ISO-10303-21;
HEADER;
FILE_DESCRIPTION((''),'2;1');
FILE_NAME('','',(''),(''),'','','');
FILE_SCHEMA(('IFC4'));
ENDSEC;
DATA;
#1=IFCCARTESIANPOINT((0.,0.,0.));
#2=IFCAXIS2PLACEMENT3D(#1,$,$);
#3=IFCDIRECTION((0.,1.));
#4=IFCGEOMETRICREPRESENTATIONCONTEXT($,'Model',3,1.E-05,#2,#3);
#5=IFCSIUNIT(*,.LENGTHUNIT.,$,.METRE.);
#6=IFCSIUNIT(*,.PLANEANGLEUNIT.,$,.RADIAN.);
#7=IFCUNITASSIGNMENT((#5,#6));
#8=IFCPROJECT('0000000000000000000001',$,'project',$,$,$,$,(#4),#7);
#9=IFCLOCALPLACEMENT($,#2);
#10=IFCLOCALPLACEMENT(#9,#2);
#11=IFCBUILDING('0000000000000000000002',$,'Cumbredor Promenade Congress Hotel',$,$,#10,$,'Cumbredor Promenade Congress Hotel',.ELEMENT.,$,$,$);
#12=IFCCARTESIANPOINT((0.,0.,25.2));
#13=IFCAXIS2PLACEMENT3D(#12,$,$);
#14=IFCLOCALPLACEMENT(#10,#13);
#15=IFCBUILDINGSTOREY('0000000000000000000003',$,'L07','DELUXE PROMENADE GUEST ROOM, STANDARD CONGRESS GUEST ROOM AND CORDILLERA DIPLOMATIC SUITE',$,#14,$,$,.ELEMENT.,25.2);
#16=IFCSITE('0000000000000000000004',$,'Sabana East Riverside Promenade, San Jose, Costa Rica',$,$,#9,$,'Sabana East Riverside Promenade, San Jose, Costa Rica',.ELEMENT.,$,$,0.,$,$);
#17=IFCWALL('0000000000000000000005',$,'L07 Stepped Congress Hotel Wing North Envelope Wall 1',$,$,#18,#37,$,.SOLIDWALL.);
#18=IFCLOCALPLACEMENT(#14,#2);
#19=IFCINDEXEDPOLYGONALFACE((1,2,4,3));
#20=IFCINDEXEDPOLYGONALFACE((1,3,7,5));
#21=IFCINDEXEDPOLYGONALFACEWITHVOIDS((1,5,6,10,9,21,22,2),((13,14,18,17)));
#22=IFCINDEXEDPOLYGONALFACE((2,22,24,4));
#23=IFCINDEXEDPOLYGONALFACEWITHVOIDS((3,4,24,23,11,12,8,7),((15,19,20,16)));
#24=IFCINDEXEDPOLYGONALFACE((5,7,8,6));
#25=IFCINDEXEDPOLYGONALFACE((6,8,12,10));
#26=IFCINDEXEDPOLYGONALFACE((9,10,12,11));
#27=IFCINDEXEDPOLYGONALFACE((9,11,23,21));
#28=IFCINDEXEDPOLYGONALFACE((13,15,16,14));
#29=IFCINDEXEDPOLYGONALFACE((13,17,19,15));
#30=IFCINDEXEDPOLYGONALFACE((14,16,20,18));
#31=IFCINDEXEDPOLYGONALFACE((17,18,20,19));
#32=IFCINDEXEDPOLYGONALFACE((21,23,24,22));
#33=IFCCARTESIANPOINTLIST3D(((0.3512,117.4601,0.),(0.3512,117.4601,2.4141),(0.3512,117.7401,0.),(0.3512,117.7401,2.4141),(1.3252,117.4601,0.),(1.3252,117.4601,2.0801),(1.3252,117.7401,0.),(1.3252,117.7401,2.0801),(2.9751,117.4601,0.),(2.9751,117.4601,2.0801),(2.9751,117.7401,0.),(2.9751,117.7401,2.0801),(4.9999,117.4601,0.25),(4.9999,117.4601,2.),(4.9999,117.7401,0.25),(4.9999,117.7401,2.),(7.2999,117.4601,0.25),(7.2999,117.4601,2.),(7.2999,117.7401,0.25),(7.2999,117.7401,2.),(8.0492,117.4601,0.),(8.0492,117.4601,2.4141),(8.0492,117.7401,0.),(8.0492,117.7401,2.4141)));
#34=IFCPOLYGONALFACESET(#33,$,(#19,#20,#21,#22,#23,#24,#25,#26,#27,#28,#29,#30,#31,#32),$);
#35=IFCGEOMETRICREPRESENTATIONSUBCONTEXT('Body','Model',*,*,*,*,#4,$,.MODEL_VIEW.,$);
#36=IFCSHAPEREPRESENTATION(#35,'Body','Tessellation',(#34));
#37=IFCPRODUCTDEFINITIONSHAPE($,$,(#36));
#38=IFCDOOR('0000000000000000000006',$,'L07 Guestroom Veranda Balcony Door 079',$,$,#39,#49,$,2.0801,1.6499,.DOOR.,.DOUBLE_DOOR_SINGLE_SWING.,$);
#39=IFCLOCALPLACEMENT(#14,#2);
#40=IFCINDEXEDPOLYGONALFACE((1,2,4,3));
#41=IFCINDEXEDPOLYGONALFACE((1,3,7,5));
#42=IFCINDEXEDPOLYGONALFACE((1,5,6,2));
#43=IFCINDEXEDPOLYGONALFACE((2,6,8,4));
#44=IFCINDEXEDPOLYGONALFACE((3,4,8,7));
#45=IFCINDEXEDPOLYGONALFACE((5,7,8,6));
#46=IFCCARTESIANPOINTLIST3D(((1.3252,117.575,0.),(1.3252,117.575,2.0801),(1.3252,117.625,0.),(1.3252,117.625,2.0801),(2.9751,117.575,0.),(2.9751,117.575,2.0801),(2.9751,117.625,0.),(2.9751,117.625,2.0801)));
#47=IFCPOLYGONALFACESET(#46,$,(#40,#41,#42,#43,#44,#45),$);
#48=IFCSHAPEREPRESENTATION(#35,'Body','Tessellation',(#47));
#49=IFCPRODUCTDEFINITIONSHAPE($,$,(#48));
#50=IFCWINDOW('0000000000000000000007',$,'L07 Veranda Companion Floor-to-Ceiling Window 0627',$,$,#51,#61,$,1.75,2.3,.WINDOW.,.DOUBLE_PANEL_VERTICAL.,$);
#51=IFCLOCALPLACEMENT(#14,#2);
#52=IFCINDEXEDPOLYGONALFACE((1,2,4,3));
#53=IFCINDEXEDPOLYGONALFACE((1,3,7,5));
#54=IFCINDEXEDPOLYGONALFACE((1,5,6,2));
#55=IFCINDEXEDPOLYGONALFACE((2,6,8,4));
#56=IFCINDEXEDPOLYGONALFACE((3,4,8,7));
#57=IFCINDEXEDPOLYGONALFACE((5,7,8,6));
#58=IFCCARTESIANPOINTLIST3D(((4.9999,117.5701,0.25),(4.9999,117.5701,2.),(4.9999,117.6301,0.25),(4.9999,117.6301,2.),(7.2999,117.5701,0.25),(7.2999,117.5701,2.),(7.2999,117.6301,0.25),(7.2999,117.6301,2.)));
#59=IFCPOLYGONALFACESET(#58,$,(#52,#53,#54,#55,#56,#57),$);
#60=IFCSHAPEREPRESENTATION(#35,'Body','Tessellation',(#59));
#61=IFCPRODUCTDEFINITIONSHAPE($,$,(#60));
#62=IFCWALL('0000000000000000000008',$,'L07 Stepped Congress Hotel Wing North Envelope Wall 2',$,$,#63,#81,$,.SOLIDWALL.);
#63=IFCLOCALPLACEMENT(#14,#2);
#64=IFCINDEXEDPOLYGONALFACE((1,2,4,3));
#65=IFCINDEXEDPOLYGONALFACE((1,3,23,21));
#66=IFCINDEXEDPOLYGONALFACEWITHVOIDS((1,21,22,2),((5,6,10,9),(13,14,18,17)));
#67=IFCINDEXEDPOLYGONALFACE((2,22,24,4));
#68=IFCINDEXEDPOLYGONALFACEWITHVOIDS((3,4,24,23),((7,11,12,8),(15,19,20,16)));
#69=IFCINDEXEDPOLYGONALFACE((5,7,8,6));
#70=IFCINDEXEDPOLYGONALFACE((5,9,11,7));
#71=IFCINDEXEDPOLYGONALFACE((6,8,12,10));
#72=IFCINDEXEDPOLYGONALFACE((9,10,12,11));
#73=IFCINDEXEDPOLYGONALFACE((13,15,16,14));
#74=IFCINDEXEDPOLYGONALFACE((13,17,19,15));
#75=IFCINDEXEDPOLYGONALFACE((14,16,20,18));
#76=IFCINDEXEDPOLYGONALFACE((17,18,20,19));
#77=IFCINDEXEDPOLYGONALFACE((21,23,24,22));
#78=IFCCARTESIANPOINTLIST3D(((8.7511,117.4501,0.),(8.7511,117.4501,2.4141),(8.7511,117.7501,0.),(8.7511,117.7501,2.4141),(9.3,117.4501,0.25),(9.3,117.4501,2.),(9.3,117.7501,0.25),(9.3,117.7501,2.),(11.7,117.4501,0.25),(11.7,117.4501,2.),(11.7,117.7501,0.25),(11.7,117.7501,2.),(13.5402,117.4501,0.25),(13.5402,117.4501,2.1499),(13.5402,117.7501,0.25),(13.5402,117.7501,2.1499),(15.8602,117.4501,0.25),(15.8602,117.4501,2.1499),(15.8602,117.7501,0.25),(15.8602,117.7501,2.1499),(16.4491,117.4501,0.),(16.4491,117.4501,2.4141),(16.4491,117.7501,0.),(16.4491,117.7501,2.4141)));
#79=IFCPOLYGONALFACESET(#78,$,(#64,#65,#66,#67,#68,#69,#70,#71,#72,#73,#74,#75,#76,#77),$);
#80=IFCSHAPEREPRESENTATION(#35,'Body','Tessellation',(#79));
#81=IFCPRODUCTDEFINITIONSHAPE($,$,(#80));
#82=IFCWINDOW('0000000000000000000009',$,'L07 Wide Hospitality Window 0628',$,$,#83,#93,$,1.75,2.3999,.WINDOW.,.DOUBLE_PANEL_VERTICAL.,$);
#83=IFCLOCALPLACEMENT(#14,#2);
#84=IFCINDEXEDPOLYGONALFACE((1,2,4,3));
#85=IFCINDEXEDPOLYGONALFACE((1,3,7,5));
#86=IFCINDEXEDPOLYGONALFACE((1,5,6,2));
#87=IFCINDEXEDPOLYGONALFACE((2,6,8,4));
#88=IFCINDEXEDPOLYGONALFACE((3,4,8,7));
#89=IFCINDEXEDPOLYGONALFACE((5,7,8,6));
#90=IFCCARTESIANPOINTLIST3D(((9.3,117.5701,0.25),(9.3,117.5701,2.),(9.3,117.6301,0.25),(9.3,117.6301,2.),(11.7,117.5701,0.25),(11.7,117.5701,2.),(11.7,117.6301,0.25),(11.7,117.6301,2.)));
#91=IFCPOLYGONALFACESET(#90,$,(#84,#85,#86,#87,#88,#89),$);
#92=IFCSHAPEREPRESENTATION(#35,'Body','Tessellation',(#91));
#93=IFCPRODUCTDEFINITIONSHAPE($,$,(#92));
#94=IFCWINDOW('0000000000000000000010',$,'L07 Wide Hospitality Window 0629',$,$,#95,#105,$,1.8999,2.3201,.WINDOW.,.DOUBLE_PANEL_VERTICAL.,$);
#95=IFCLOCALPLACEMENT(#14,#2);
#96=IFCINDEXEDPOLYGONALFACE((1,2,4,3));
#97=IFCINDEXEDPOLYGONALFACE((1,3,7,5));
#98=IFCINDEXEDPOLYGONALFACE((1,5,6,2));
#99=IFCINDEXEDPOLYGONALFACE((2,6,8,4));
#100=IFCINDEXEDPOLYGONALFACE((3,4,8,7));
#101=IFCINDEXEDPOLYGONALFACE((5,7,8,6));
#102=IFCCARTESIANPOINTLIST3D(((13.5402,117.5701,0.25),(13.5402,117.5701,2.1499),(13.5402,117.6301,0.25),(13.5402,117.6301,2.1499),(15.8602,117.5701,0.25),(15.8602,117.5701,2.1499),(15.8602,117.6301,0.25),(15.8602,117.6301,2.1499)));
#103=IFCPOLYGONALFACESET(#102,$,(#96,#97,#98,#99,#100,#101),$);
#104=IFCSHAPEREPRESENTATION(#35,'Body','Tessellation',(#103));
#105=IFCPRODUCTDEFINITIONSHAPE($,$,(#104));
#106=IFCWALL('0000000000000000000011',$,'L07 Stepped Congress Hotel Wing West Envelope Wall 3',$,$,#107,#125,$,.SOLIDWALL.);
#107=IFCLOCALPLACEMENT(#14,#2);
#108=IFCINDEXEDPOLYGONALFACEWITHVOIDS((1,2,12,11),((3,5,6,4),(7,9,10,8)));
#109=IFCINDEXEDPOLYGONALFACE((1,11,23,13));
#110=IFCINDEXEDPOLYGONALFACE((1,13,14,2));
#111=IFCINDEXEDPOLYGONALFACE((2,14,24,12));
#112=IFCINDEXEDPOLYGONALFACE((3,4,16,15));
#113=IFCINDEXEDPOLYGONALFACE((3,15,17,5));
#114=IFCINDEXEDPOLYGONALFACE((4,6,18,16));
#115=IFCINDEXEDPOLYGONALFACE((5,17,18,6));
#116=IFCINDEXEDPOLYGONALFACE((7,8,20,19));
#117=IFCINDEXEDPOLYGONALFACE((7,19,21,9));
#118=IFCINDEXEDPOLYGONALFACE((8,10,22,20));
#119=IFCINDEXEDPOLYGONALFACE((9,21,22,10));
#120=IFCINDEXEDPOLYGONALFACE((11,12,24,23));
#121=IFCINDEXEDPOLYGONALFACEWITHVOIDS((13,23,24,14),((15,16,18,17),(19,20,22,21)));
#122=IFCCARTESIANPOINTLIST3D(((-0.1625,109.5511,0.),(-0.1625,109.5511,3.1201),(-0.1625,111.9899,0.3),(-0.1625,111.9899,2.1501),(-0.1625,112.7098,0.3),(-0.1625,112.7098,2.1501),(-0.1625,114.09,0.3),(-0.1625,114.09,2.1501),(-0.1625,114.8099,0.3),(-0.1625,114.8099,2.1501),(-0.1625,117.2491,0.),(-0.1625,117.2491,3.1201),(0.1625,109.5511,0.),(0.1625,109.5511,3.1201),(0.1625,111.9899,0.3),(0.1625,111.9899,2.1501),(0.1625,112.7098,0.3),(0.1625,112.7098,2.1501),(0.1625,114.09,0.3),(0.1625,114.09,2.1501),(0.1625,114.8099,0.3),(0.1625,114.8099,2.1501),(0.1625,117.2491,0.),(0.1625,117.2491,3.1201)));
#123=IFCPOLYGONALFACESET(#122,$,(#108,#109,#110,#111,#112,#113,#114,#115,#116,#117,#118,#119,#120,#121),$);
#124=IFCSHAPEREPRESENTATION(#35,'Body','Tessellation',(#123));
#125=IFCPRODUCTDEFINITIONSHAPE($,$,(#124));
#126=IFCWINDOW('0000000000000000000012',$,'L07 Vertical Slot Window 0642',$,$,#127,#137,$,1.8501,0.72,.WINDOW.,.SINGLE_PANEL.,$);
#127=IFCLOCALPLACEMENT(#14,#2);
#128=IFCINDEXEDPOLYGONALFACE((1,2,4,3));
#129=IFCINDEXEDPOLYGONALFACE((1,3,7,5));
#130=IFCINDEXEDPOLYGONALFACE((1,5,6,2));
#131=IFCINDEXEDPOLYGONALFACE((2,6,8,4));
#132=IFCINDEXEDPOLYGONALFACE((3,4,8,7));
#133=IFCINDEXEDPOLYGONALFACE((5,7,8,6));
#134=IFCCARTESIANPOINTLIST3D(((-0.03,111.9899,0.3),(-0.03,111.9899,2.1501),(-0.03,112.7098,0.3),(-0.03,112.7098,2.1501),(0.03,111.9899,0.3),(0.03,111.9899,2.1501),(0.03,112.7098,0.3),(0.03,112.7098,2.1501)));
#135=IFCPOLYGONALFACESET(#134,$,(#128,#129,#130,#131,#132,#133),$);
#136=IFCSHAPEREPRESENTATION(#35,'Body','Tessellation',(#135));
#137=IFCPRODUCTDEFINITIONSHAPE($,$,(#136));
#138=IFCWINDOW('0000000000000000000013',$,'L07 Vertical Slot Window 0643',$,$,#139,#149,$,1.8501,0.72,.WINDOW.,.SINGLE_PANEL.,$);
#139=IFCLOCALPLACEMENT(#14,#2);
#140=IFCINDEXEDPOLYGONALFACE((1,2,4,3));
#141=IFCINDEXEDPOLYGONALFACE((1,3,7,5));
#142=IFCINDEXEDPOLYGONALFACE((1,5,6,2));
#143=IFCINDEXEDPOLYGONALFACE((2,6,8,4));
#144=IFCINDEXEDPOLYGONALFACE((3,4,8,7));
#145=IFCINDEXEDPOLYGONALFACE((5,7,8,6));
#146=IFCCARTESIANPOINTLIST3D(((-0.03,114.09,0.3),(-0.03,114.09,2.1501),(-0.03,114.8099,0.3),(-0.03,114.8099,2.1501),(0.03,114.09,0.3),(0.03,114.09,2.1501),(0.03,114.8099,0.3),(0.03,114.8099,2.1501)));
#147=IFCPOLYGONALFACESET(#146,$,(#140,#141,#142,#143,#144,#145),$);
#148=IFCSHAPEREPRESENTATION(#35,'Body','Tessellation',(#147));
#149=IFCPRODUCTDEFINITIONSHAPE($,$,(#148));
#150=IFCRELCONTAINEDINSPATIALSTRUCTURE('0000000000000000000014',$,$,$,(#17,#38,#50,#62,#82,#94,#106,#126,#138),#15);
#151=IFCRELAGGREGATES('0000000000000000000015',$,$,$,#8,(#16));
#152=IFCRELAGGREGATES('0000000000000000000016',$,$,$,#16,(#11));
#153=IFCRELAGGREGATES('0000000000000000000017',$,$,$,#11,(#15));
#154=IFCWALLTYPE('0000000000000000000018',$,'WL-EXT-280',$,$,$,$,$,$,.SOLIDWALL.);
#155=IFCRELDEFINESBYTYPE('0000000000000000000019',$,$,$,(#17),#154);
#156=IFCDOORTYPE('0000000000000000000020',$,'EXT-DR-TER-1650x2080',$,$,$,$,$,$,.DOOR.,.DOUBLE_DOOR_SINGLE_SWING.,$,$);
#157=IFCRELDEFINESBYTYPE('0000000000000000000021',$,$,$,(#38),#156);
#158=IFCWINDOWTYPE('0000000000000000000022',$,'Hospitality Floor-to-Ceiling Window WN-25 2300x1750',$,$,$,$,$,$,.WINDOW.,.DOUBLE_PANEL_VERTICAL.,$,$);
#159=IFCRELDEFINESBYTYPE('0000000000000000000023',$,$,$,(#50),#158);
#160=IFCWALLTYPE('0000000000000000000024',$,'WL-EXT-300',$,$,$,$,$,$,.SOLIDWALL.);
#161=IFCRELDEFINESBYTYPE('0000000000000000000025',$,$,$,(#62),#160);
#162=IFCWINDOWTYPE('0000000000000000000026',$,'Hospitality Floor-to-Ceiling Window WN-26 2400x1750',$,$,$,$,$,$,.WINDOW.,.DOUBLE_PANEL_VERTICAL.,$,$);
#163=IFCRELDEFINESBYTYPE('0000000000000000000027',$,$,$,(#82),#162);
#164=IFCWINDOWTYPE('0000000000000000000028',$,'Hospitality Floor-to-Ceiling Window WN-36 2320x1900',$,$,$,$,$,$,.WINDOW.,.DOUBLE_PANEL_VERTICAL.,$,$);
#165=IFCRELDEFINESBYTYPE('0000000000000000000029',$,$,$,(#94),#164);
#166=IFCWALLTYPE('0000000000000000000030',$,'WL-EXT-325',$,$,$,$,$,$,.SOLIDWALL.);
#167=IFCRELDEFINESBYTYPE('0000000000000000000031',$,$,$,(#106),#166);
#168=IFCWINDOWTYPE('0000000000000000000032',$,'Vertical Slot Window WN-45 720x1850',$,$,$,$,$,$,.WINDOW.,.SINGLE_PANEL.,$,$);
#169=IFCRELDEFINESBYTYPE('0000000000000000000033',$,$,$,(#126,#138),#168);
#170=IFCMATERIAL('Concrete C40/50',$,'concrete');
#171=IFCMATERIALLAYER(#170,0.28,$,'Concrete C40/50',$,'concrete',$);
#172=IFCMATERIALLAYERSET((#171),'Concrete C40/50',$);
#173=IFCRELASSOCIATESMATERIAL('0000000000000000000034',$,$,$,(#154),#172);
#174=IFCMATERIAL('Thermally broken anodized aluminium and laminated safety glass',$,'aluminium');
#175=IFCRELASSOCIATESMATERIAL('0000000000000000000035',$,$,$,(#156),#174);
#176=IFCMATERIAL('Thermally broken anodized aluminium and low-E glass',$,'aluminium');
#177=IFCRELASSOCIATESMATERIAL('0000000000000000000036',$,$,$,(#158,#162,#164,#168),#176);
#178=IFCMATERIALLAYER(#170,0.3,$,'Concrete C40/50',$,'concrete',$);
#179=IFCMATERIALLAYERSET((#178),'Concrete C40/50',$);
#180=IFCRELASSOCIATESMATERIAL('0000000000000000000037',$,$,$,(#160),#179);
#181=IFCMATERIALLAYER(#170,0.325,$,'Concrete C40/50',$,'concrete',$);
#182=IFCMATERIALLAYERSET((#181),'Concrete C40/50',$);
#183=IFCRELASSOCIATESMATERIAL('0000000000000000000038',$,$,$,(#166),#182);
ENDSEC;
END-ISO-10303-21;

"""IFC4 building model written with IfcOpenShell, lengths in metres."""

from ifc_helpers import new_model, si_unit, direction, frame, frame_2d, origin, place, context, subcontext, project, spatial, rectangle, extrude, material, layer, layer_set, type_object, element, fill, save


model = new_model("IFC4")

# Units and contexts
model_context = context("Model", 3, precision=1e-05, world=origin(), true_north=direction((0.0, 1.0)))
body_context = subcontext(model_context, "Body", "Model", "MODEL_VIEW")
ifc_project = project(units=[si_unit("LENGTHUNIT", "METRE"), si_unit("PLANEANGLEUNIT", "RADIAN")], contexts=[model_context])

# Site, building, storey
site_placement = place(None, origin())
site = spatial("IfcSite", under=ifc_project, at=site_placement, Name="Sabana East Riverside Promenade, San Jose, Costa Rica", LongName="Sabana East Riverside Promenade, San Jose, Costa Rica", CompositionType="ELEMENT", RefElevation=0.0)
building_placement = place(site_placement, origin())
building = spatial("IfcBuilding", under=site, at=building_placement, Name="Cumbredor Promenade Congress Hotel", LongName="Cumbredor Promenade Congress Hotel", CompositionType="ELEMENT")
storey_placement = place(building_placement, frame((0.0, 0.0, 25.2)))
storey = spatial("IfcBuildingStorey", under=building, at=storey_placement, Name="L07", Description="DELUXE PROMENADE GUEST ROOM, STANDARD CONGRESS GUEST ROOM AND CORDILLERA DIPLOMATIC SUITE", CompositionType="ELEMENT", Elevation=25.2)

# Shared definitions
ifc_material_1 = material(Name="Concrete C40/50", Category="concrete")

# Shared definitions
ifc_material_2 = material(Name="Thermally broken anodized aluminium and low-E glass", Category="aluminium")

# Wall, openings, door, window
ifc_layer_1 = layer(ifc_material_1, 0.28, Name="Concrete C40/50", Category="concrete")
ifc_layer_set_1 = layer_set([ifc_layer_1], Name="Concrete C40/50")
wall_type_1 = type_object("IfcWallType", Name="WL-EXT-280", PredefinedType="SOLIDWALL", material=ifc_layer_set_1)
wall_1_placement = place(storey_placement, frame((0.3511, 117.6001, 0.0), z_axis=(0.0, 0.0, 1.0), x_axis=(1.0, 0.0, 0.0)))
wall_1 = element("IfcWall", 1, at=wall_1_placement, inside=storey, type_object=wall_type_1, Name="L07 Stepped Congress Hotel Wing North Envelope Wall 1", PredefinedType="SOLIDWALL", context=body_context, shape_type="SweptSolid", body=[
    extrude(rectangle(XDim=7.698, YDim=0.28, at=frame_2d((3.8491, 0.0))), origin(), (0.0, 0.0, 1.0), 2.4141),
])
opening_1_placement = place(wall_1_placement, frame((0.9741, 0.0, 0.0)))
opening_1 = element("IfcOpeningElement", 2, at=opening_1_placement, cuts=wall_1, PredefinedType="OPENING", context=body_context, shape_type="SweptSolid", body=[
    extrude(rectangle(XDim=1.6499, YDim=2.0801, at=frame_2d((0.825, 1.04))), frame((0.0, 0.1499, 0.0), z_axis=(0.0, -1.0, 0.0), x_axis=(1.0, 0.0, 0.0)), (0.0, 0.0, 1.0), 0.3),
])
opening_2_placement = place(wall_1_placement, frame((4.6489, 0.0, 0.25)))
opening_2 = element("IfcOpeningElement", 3, at=opening_2_placement, cuts=wall_1, PredefinedType="OPENING", context=body_context, shape_type="SweptSolid", body=[
    extrude(rectangle(XDim=2.3, YDim=1.75, at=frame_2d((1.1499, 0.875))), frame((0.0, 0.1499, 0.0), z_axis=(0.0, -1.0, 0.0), x_axis=(1.0, 0.0, 0.0)), (0.0, 0.0, 1.0), 0.3),
])
ifc_material_3 = material(Name="Thermally broken anodized aluminium and laminated safety glass", Category="aluminium")
door_type_1 = type_object("IfcDoorType", Name="EXT-DR-TER-1650x2080", OperationType="DOUBLE_DOOR_SINGLE_SWING", PredefinedType="DOOR", material=ifc_material_3)
door_1_placement = place(opening_1_placement, origin())
door_1 = element("IfcDoor", 4, at=door_1_placement, inside=storey, type_object=door_type_1, Name="L07 Guestroom Veranda Balcony Door 079", OperationType="DOUBLE_DOOR_SINGLE_SWING", OverallHeight=2.0801, OverallWidth=1.6499, PredefinedType="DOOR", context=body_context, shape_type="SweptSolid", body=[
    extrude(rectangle(XDim=1.6499, YDim=2.0801, at=frame_2d((0.825, 1.04))), frame((0.0, 0.0249, 0.0), z_axis=(0.0, -1.0, 0.0), x_axis=(1.0, 0.0, 0.0)), (0.0, 0.0, 1.0), 0.05),
])
fill(opening_1, door_1)
window_type_1 = type_object("IfcWindowType", Name="Hospitality Floor-to-Ceiling Window WN-25 2300x1750", PartitioningType="DOUBLE_PANEL_VERTICAL", PredefinedType="WINDOW", material=ifc_material_2)
window_1_placement = place(opening_2_placement, origin())
window_1 = element("IfcWindow", 5, at=window_1_placement, inside=storey, type_object=window_type_1, Name="L07 Veranda Companion Floor-to-Ceiling Window 0627", OverallHeight=1.75, OverallWidth=2.3, PartitioningType="DOUBLE_PANEL_VERTICAL", PredefinedType="WINDOW", context=body_context, shape_type="SweptSolid", body=[
    extrude(rectangle(XDim=2.3, YDim=1.75, at=frame_2d((1.1499, 0.875))), frame((0.0, 0.03, 0.0), z_axis=(0.0, -1.0, 0.0), x_axis=(1.0, 0.0, 0.0)), (0.0, 0.0, 1.0), 0.0601),
])
fill(opening_2, window_1)

# Walls, openings, windows
ifc_layer_2 = layer(ifc_material_1, 0.3, Name="Concrete C40/50", Category="concrete")
ifc_layer_set_2 = layer_set([ifc_layer_2], Name="Concrete C40/50")
wall_type_2 = type_object("IfcWallType", Name="WL-EXT-300", PredefinedType="SOLIDWALL", material=ifc_layer_set_2)
wall_2_placement = place(storey_placement, frame((8.751, 117.6001, 0.0), z_axis=(0.0, 0.0, 1.0), x_axis=(1.0, 0.0, 0.0)))
wall_2 = element("IfcWall", 6, at=wall_2_placement, inside=storey, type_object=wall_type_2, Name="L07 Stepped Congress Hotel Wing North Envelope Wall 2", PredefinedType="SOLIDWALL", context=body_context, shape_type="SweptSolid", body=[
    extrude(rectangle(XDim=7.698, YDim=0.3, at=frame_2d((3.8491, 0.0))), origin(), (0.0, 0.0, 1.0), 2.4141),
])
opening_3_placement = place(wall_2_placement, frame((0.5491, 0.0, 0.25)))
opening_3 = element("IfcOpeningElement", 7, at=opening_3_placement, cuts=wall_2, PredefinedType="OPENING", context=body_context, shape_type="SweptSolid", body=[
    extrude(rectangle(XDim=2.3999, YDim=1.75, at=frame_2d((1.2, 0.875))), frame((0.0, 0.1602, 0.0), z_axis=(0.0, -1.0, 0.0), x_axis=(1.0, 0.0, 0.0)), (0.0, 0.0, 1.0), 0.3201),
])
opening_4_placement = place(wall_2_placement, frame((4.7891, 0.0, 0.25)))
opening_4 = element("IfcOpeningElement", 8, at=opening_4_placement, cuts=wall_2, PredefinedType="OPENING", context=body_context, shape_type="SweptSolid", body=[
    extrude(rectangle(XDim=2.3201, YDim=1.8999, at=frame_2d((1.1602, 0.95))), frame((0.0, 0.1602, 0.0), z_axis=(0.0, -1.0, 0.0), x_axis=(1.0, 0.0, 0.0)), (0.0, 0.0, 1.0), 0.3201),
])
window_type_2 = type_object("IfcWindowType", Name="Hospitality Floor-to-Ceiling Window WN-26 2400x1750", PartitioningType="DOUBLE_PANEL_VERTICAL", PredefinedType="WINDOW", material=ifc_material_2)
window_2_placement = place(opening_3_placement, origin())
window_2 = element("IfcWindow", 9, at=window_2_placement, inside=storey, type_object=window_type_2, Name="L07 Wide Hospitality Window 0628", OverallHeight=1.75, OverallWidth=2.3999, PartitioningType="DOUBLE_PANEL_VERTICAL", PredefinedType="WINDOW", context=body_context, shape_type="SweptSolid", body=[
    extrude(rectangle(XDim=2.3999, YDim=1.75, at=frame_2d((1.2, 0.875))), frame((0.0, 0.03, 0.0), z_axis=(0.0, -1.0, 0.0), x_axis=(1.0, 0.0, 0.0)), (0.0, 0.0, 1.0), 0.0601),
])
fill(opening_3, window_2)
window_type_3 = type_object("IfcWindowType", Name="Hospitality Floor-to-Ceiling Window WN-36 2320x1900", PartitioningType="DOUBLE_PANEL_VERTICAL", PredefinedType="WINDOW", material=ifc_material_2)
window_3_placement = place(opening_4_placement, origin())
window_3 = element("IfcWindow", 10, at=window_3_placement, inside=storey, type_object=window_type_3, Name="L07 Wide Hospitality Window 0629", OverallHeight=1.8999, OverallWidth=2.3201, PartitioningType="DOUBLE_PANEL_VERTICAL", PredefinedType="WINDOW", context=body_context, shape_type="SweptSolid", body=[
    extrude(rectangle(XDim=2.3201, YDim=1.8999, at=frame_2d((1.1602, 0.95))), frame((0.0, 0.03, 0.0), z_axis=(0.0, -1.0, 0.0), x_axis=(1.0, 0.0, 0.0)), (0.0, 0.0, 1.0), 0.0601),
])
fill(opening_4, window_3)
ifc_layer_3 = layer(ifc_material_1, 0.325, Name="Concrete C40/50", Category="concrete")
ifc_layer_set_3 = layer_set([ifc_layer_3], Name="Concrete C40/50")
wall_type_3 = type_object("IfcWallType", Name="WL-EXT-325", PredefinedType="SOLIDWALL", material=ifc_layer_set_3)
wall_3_placement = place(storey_placement, frame((0.0, 109.551, 0.0), z_axis=(0.0, 0.0, 1.0), x_axis=(0.0, 1.0, 0.0)))
wall_3 = element("IfcWall", 11, at=wall_3_placement, inside=storey, type_object=wall_type_3, Name="L07 Stepped Congress Hotel Wing West Envelope Wall 3", PredefinedType="SOLIDWALL", context=body_context, shape_type="SweptSolid", body=[
    extrude(rectangle(XDim=7.698, YDim=0.325, at=frame_2d((3.8491, 0.0))), origin(), (0.0, 0.0, 1.0), 3.1201),
])
opening_5_placement = place(wall_3_placement, frame((2.439, 0.0, 0.3)))
opening_5 = element("IfcOpeningElement", 12, at=opening_5_placement, cuts=wall_3, PredefinedType="OPENING", context=body_context, shape_type="SweptSolid", body=[
    extrude(rectangle(XDim=0.72, YDim=1.8501, at=frame_2d((0.3599, 0.925))), frame((0.0, 0.1724, 0.0), z_axis=(0.0, -1.0, 0.0), x_axis=(1.0, 0.0, 0.0)), (0.0, 0.0, 1.0), 0.345),
])
opening_6_placement = place(wall_3_placement, frame((4.5391, 0.0, 0.3)))
opening_6 = element("IfcOpeningElement", 13, at=opening_6_placement, cuts=wall_3, PredefinedType="OPENING", context=body_context, shape_type="SweptSolid", body=[
    extrude(rectangle(XDim=0.72, YDim=1.8501, at=frame_2d((0.3599, 0.925))), frame((0.0, 0.1724, 0.0), z_axis=(0.0, -1.0, 0.0), x_axis=(1.0, 0.0, 0.0)), (0.0, 0.0, 1.0), 0.345),
])
window_type_4 = type_object("IfcWindowType", Name="Vertical Slot Window WN-45 720x1850", PartitioningType="SINGLE_PANEL", PredefinedType="WINDOW", material=ifc_material_2)
window_4_placement = place(opening_5_placement, origin())
window_4 = element("IfcWindow", 14, at=window_4_placement, inside=storey, type_object=window_type_4, Name="L07 Vertical Slot Window 0642", OverallHeight=1.8501, OverallWidth=0.72, PartitioningType="SINGLE_PANEL", PredefinedType="WINDOW", context=body_context, shape_type="SweptSolid", body=[
    extrude(rectangle(XDim=0.72, YDim=1.8501, at=frame_2d((0.3599, 0.925))), frame((0.0, 0.03, 0.0), z_axis=(0.0, -1.0, 0.0), x_axis=(1.0, 0.0, 0.0)), (0.0, 0.0, 1.0), 0.0601),
])
fill(opening_5, window_4)
window_5_placement = place(opening_6_placement, origin())
window_5 = element("IfcWindow", 15, at=window_5_placement, inside=storey, type_object=window_type_4, Name="L07 Vertical Slot Window 0643", OverallHeight=1.8501, OverallWidth=0.72, PartitioningType="SINGLE_PANEL", PredefinedType="WINDOW", context=body_context, shape_type="SweptSolid", body=[
    extrude(rectangle(XDim=0.72, YDim=1.8501, at=frame_2d((0.3599, 0.925))), frame((0.0, 0.03, 0.0), z_axis=(0.0, -1.0, 0.0), x_axis=(1.0, 0.0, 0.0)), (0.0, 0.0, 1.0), 0.0601),
])
fill(opening_6, window_5)

save(model, "model.ifc")
